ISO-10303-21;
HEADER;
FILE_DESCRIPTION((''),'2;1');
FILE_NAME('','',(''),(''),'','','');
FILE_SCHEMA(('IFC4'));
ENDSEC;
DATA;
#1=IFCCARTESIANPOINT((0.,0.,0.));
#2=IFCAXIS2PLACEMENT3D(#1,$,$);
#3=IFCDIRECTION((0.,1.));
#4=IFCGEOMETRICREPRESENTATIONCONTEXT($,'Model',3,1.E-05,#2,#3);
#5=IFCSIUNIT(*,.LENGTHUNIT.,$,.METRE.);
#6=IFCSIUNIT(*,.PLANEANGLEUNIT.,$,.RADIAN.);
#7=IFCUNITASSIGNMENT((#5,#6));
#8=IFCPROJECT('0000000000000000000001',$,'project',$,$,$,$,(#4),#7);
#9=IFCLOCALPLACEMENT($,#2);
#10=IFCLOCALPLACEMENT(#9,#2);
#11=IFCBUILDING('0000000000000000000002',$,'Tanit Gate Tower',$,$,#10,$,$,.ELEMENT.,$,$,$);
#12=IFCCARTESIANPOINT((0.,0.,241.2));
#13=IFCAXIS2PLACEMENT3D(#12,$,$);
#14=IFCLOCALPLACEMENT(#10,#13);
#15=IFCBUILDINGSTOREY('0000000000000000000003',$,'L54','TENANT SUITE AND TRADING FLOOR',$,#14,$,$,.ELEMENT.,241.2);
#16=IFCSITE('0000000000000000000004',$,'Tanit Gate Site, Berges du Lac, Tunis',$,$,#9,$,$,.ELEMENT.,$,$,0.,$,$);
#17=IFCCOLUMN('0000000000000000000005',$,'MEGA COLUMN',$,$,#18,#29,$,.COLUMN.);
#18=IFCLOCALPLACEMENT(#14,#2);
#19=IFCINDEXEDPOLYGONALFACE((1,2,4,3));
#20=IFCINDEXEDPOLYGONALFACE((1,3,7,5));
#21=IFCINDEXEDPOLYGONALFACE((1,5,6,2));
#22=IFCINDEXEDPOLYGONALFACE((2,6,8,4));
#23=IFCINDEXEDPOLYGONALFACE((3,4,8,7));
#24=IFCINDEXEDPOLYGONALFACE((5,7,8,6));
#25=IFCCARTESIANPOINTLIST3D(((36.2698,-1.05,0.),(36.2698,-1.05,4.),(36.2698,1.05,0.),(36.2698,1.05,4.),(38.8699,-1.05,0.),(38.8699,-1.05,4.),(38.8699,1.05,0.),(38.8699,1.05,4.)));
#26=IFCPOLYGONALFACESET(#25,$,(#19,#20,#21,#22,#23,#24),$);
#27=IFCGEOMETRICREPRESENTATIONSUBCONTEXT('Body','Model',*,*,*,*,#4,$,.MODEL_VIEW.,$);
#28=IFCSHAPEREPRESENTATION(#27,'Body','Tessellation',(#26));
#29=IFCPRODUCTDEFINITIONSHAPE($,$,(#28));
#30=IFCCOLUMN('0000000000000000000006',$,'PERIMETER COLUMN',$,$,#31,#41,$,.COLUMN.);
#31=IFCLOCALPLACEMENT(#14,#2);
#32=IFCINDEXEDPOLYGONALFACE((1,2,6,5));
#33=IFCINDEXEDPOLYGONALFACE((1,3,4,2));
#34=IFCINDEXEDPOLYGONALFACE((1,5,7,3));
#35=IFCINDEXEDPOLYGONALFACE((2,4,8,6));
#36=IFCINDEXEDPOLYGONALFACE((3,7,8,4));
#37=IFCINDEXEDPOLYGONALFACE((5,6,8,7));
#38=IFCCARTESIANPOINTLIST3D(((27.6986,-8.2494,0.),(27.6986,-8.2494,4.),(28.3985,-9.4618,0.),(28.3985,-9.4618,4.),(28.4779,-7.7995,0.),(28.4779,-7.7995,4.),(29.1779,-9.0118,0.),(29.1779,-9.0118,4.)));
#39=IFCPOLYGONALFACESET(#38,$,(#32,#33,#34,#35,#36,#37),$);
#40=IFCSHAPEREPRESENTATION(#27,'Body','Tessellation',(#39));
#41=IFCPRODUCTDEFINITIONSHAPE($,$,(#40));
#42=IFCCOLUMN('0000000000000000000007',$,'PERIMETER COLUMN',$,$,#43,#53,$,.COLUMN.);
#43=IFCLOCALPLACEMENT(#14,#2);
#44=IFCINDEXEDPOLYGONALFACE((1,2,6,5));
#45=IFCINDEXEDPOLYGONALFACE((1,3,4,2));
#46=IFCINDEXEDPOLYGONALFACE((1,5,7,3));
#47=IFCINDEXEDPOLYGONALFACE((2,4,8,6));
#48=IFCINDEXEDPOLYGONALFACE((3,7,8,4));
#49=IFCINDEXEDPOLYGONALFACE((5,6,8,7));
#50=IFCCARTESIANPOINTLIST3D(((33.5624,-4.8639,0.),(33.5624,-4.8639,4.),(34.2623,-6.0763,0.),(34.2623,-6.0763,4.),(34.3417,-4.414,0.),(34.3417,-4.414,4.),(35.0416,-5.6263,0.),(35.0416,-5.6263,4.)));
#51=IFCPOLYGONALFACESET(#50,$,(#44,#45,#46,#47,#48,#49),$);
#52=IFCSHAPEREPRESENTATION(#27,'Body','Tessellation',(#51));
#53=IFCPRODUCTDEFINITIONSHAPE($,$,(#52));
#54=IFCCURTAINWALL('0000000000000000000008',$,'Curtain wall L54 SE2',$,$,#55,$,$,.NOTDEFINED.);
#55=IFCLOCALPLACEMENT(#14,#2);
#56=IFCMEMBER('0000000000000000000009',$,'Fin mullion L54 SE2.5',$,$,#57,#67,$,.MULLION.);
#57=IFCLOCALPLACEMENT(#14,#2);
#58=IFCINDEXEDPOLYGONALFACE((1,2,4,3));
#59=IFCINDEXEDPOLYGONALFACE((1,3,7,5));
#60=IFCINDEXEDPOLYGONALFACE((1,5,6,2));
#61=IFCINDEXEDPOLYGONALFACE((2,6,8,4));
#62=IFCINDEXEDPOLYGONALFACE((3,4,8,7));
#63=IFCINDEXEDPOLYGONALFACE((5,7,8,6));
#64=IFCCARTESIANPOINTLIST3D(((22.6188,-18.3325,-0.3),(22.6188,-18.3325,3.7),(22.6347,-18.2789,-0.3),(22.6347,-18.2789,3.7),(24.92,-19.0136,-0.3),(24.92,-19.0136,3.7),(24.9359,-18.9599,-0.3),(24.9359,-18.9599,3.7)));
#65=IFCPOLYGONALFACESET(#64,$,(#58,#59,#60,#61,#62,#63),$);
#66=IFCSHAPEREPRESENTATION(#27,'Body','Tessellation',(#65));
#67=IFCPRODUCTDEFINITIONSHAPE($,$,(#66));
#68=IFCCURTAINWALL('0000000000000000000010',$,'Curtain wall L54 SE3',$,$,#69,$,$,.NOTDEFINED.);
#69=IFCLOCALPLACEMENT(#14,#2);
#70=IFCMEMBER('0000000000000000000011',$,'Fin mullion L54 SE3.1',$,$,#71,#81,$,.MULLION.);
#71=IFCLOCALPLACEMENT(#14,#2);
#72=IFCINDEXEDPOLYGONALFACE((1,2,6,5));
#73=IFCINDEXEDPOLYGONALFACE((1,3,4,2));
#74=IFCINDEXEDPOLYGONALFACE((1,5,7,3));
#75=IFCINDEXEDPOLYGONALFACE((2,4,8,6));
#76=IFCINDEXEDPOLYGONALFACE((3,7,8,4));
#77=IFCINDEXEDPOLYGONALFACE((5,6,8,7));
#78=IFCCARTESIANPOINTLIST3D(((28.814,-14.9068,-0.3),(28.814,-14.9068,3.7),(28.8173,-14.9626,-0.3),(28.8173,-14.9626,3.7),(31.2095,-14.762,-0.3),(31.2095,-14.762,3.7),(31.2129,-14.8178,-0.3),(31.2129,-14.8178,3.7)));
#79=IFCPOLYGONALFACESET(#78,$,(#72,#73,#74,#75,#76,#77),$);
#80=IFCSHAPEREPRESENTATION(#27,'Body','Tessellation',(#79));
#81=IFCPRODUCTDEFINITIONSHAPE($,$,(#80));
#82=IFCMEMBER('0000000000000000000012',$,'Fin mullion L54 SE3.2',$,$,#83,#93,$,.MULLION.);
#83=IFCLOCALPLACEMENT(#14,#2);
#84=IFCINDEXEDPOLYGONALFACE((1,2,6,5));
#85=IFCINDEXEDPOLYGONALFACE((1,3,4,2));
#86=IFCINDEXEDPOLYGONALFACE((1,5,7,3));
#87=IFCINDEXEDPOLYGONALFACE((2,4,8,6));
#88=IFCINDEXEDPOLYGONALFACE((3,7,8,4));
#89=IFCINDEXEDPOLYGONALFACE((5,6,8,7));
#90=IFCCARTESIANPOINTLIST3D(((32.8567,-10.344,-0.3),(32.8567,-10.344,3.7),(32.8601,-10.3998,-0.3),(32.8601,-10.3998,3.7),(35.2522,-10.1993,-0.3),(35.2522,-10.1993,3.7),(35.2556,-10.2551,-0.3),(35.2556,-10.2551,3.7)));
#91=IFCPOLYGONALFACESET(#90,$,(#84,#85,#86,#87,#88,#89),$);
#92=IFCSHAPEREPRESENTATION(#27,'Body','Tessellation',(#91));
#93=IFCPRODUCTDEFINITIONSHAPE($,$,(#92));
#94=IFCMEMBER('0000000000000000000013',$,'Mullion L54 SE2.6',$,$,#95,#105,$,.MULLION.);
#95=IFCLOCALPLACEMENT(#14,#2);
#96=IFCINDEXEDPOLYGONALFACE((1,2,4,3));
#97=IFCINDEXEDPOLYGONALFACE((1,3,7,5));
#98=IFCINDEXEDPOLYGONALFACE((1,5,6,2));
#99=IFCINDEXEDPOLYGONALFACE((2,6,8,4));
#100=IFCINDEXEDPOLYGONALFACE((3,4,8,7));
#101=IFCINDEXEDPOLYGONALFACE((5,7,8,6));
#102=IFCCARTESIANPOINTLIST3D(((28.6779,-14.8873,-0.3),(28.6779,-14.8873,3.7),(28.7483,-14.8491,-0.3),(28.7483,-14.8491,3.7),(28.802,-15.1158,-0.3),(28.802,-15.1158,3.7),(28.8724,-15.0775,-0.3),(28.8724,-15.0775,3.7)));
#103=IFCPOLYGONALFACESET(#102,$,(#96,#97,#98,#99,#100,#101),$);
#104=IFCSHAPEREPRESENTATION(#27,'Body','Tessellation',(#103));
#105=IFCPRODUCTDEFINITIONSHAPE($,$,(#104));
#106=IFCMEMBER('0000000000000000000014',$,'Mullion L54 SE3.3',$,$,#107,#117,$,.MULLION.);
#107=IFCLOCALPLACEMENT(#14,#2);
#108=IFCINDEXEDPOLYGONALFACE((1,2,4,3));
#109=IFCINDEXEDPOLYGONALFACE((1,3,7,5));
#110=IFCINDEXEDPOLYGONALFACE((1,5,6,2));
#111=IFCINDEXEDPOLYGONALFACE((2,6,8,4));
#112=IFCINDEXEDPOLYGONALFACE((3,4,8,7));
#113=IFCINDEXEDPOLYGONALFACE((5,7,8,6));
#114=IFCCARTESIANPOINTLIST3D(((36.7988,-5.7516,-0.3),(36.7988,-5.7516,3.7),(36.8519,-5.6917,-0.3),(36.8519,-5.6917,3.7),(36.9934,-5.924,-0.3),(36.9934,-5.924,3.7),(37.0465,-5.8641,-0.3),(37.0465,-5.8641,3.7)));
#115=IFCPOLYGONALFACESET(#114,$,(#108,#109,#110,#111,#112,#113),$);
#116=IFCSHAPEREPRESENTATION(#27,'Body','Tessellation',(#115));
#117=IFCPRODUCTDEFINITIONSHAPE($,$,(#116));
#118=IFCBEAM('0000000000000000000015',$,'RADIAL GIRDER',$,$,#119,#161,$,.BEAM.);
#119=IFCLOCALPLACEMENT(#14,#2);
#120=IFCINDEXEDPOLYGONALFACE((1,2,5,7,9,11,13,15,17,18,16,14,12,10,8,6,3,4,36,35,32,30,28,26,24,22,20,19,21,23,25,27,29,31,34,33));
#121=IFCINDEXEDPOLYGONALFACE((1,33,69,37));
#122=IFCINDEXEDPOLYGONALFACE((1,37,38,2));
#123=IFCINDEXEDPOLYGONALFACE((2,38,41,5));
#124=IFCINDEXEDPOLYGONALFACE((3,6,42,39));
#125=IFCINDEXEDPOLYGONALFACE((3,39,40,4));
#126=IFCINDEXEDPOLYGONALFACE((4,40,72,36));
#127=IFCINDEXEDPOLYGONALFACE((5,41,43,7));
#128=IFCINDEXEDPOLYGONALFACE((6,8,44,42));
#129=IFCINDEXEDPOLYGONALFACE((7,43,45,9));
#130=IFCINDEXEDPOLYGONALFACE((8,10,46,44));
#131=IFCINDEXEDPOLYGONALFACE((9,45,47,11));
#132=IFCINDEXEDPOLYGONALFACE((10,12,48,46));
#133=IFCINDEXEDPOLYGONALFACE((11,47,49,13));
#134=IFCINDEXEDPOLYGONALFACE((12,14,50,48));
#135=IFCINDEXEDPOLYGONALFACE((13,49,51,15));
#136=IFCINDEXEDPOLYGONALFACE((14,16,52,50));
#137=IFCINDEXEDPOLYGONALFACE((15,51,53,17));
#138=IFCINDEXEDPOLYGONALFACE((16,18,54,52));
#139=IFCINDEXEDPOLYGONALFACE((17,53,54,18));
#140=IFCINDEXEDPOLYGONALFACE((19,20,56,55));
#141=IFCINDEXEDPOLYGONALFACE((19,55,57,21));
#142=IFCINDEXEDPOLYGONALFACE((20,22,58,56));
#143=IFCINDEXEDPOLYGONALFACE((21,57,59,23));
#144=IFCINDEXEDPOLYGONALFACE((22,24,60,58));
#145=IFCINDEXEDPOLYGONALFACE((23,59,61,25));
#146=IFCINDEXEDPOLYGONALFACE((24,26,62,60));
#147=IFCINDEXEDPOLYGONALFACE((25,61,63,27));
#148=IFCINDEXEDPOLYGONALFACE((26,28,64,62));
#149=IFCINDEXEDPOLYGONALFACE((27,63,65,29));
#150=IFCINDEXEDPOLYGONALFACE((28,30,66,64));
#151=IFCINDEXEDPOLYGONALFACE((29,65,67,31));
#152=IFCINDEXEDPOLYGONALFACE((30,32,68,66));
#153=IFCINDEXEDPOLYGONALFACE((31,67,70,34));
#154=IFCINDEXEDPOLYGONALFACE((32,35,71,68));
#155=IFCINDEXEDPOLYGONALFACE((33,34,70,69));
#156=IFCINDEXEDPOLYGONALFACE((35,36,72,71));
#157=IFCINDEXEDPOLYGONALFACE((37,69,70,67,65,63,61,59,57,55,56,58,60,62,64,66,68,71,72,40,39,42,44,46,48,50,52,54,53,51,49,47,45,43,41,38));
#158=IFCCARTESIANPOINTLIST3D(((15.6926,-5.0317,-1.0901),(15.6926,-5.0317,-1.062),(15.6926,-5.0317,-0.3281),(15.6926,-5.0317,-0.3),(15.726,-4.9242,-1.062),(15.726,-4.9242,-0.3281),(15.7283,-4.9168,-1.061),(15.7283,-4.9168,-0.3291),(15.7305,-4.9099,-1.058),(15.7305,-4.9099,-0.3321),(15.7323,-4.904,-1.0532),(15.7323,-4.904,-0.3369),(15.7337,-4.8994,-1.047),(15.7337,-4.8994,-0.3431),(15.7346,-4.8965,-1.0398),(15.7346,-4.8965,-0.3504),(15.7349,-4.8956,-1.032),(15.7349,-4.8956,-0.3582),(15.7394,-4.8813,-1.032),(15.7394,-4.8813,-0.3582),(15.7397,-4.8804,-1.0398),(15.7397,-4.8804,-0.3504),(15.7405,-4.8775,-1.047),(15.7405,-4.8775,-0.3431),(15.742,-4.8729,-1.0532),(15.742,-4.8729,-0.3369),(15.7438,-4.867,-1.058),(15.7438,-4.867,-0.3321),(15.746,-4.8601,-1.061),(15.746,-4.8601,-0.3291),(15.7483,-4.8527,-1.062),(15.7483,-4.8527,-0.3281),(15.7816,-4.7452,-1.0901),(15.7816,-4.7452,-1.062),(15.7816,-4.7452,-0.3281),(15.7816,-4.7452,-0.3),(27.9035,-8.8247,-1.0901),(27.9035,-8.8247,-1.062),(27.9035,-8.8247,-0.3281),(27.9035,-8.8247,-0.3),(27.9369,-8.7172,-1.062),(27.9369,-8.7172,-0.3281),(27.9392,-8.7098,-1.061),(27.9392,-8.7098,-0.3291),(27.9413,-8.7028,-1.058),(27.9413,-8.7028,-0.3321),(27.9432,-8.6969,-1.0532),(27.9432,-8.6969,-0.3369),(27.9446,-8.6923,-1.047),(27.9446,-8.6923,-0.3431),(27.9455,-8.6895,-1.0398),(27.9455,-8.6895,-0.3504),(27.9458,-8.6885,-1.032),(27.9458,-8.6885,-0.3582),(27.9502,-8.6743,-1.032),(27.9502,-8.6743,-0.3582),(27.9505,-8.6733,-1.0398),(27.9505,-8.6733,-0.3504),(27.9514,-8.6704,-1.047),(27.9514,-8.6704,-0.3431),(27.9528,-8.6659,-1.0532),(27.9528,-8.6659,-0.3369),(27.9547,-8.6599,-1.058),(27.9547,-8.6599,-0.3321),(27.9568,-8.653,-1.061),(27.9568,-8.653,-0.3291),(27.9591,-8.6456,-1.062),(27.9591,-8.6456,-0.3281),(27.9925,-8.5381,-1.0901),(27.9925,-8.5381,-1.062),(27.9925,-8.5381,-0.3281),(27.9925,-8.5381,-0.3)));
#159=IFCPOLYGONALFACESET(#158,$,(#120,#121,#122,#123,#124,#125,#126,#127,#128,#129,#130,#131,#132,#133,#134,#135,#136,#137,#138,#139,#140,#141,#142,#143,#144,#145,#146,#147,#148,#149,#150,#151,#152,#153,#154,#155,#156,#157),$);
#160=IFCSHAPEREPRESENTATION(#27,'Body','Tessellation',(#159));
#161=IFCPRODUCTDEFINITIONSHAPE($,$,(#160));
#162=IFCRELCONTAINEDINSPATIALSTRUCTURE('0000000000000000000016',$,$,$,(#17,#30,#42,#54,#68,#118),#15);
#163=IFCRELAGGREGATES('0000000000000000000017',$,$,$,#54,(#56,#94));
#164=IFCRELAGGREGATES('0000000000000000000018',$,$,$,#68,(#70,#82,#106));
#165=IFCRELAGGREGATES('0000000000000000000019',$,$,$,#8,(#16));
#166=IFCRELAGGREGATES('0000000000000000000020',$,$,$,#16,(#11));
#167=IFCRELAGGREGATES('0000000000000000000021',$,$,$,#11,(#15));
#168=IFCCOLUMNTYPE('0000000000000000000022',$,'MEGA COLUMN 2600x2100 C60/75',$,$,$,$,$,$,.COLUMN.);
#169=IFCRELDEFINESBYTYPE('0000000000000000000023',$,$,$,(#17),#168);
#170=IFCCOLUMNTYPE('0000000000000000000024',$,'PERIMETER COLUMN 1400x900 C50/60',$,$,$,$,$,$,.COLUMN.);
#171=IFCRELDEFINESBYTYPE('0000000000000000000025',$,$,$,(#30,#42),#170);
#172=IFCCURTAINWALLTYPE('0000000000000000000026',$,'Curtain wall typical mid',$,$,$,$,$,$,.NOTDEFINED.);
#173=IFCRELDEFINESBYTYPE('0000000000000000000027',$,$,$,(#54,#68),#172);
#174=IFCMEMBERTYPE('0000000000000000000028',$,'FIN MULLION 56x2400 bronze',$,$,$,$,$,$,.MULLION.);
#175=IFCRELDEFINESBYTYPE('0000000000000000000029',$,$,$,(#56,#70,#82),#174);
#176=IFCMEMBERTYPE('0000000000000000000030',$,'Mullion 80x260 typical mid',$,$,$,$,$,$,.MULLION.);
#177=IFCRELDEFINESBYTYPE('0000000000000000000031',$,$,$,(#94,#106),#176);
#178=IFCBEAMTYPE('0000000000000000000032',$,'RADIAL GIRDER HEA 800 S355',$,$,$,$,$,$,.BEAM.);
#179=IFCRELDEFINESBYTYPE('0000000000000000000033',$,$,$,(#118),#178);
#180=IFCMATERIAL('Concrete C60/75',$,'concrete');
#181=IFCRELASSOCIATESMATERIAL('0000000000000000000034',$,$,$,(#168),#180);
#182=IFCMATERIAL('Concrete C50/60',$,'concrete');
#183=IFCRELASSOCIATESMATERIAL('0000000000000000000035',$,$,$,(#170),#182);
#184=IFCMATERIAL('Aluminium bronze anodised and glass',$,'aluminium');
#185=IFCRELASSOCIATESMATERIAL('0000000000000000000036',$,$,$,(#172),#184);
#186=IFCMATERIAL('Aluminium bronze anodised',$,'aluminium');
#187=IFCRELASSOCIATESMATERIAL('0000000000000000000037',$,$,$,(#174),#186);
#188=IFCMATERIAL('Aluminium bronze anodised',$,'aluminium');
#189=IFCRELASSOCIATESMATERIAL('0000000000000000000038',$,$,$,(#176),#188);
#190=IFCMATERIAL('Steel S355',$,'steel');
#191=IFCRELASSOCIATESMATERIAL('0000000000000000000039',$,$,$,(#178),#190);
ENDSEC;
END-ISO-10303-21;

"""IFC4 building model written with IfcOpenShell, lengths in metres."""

from ifc_helpers import new_model, si_unit, direction, frame, origin, origin_2d, place, context, subcontext, project, spatial, rectangle, i_section, extrude, material, material_profile, profile_set, type_object, element, aggregate, save


model = new_model("IFC4")

# Units and contexts
model_context = context("Model", 3, precision=1e-05, world=origin(), true_north=direction((0.0, 1.0)))
body_context = subcontext(model_context, "Body", "Model", "MODEL_VIEW")
ifc_project = project(units=[si_unit("LENGTHUNIT", "METRE"), si_unit("PLANEANGLEUNIT", "RADIAN")], contexts=[model_context])

# Site, building, storey
site_placement = place(None, origin())
site = spatial("IfcSite", under=ifc_project, at=site_placement, Name="Tanit Gate Site, Berges du Lac, Tunis", CompositionType="ELEMENT", RefElevation=0.0)
building_placement = place(site_placement, origin())
building = spatial("IfcBuilding", under=site, at=building_placement, Name="Tanit Gate Tower", CompositionType="ELEMENT")
storey_placement = place(building_placement, frame((0.0, 0.0, 241.2)))
storey = spatial("IfcBuildingStorey", under=building, at=storey_placement, Name="L54", Description="TENANT SUITE AND TRADING FLOOR", CompositionType="ELEMENT", Elevation=241.2)

# Columns
ifc_material_1 = material(Name="Concrete C60/75", Category="concrete")
ifc_material_profile_1 = material_profile(ifc_material_1, rectangle(XDim=2.6001, YDim=2.1001, at=origin_2d()), Name="RC 2600x2100")
ifc_profile_set_1 = profile_set([ifc_material_profile_1], Name="Concrete C60/75")
column_type_1 = type_object("IfcColumnType", Name="MEGA COLUMN 2600x2100 C60/75", PredefinedType="COLUMN", material=ifc_profile_set_1)
column_placement = place(storey_placement, frame((37.5698, 0.0, 0.0), z_axis=(0.0, 0.0, 1.0), x_axis=(1.0, 0.0, 0.0)))
element("IfcColumn", 1, at=column_placement, inside=storey, type_object=column_type_1, Name="MEGA COLUMN", PredefinedType="COLUMN", context=body_context, shape_type="SweptSolid", body=[
    extrude(rectangle(XDim=2.6001, YDim=2.1001, at=origin_2d()), origin(), (0.0, 0.0, 1.0), 4.0),
])
ifc_material_2 = material(Name="Concrete C50/60", Category="concrete")
ifc_material_profile_2 = material_profile(ifc_material_2, rectangle(XDim=1.3999, YDim=0.8999, at=origin_2d()), Name="RC 1400x900")
ifc_profile_set_2 = profile_set([ifc_material_profile_2], Name="Concrete C50/60")
column_type_2 = type_object("IfcColumnType", Name="PERIMETER COLUMN 1400x900 C50/60", PredefinedType="COLUMN", material=ifc_profile_set_2)
for number, where, z_axis, x_axis, name in (
    (2, (28.4382, -8.6306, 0.0), (0.0, 0.0, 1.0), (0.5, -0.866025, 0.0), "PERIMETER COLUMN"),
    (3, (34.302, -5.2451, 0.0), (0.0, 0.0, 1.0), (0.5, -0.866025, 0.0), "PERIMETER COLUMN"),
):
    element("IfcColumn", number, at=place(storey_placement, frame(where, z_axis=z_axis, x_axis=x_axis)), inside=storey, type_object=column_type_2, Name=name, PredefinedType="COLUMN", context=body_context, shape_type="SweptSolid", body=[
        extrude(rectangle(XDim=1.3999, YDim=0.8999, at=origin_2d()), origin(), (0.0, 0.0, 1.0), 4.0),
    ])

# Curtain wall, member
ifc_material_3 = material(Name="Aluminium bronze anodised and glass", Category="aluminium")
curtain_wall_type = type_object("IfcCurtainWallType", Name="Curtain wall typical mid", PredefinedType="NOTDEFINED", material=ifc_material_3)
curtain_wall_1_placement = place(storey_placement, origin())
curtain_wall_1 = element("IfcCurtainWall", 4, at=curtain_wall_1_placement, inside=storey, type_object=curtain_wall_type, Name="Curtain wall L54 SE2", PredefinedType="NOTDEFINED")
ifc_material_4 = material(Name="Aluminium bronze anodised", Category="aluminium")
ifc_material_profile_3 = material_profile(ifc_material_4, rectangle(XDim=2.3999, YDim=0.0559, at=origin_2d()), Name="56x2400 bronze fin mullion")
ifc_profile_set_3 = profile_set([ifc_material_profile_3], Name="Aluminium bronze anodised")
member_type_1 = type_object("IfcMemberType", Name="FIN MULLION 56x2400 bronze", PredefinedType="MULLION", material=ifc_profile_set_3)
member_1_placement = place(storey_placement, frame((23.7773, -18.6462, -0.3), z_axis=(0.0, 0.0, 1.0), x_axis=(-0.958892, 0.283773, 0.0)))
member_1 = element("IfcMember", 5, at=member_1_placement, type_object=member_type_1, Name="Fin mullion L54 SE2.5", PredefinedType="MULLION", context=body_context, shape_type="SweptSolid", body=[
    extrude(rectangle(XDim=2.3999, YDim=0.0559, at=origin_2d()), origin(), (0.0, 0.0, 1.0), 4.0),
])

# Curtain wall, members
curtain_wall_2_placement = place(storey_placement, origin())
curtain_wall_2 = element("IfcCurtainWall", 6, at=curtain_wall_2_placement, inside=storey, type_object=curtain_wall_type, Name="Curtain wall L54 SE3", PredefinedType="NOTDEFINED")
member_2_placement = place(storey_placement, frame((30.0134, -14.8623, -0.3), z_axis=(0.0, 0.0, 1.0), x_axis=(-0.99818, -0.060305, 0.0)))
member_2 = element("IfcMember", 7, at=member_2_placement, type_object=member_type_1, Name="Fin mullion L54 SE3.1", PredefinedType="MULLION", context=body_context, shape_type="SweptSolid", body=[
    extrude(rectangle(XDim=2.3999, YDim=0.0559, at=origin_2d()), origin(), (0.0, 0.0, 1.0), 4.0),
])
member_3_placement = place(storey_placement, frame((34.0562, -10.2996, -0.3), z_axis=(0.0, 0.0, 1.0), x_axis=(-0.99818, -0.060305, 0.0)))
member_3 = element("IfcMember", 8, at=member_3_placement, type_object=member_type_1, Name="Fin mullion L54 SE3.2", PredefinedType="MULLION", context=body_context, shape_type="SweptSolid", body=[
    extrude(rectangle(XDim=2.3999, YDim=0.0559, at=origin_2d()), origin(), (0.0, 0.0, 1.0), 4.0),
])

# Members
ifc_material_5 = material(Name="Aluminium bronze anodised", Category="aluminium")
ifc_material_profile_4 = material_profile(ifc_material_5, rectangle(XDim=0.26, YDim=0.0801, at=origin_2d()), Name="80x260 bronze mullion")
ifc_profile_set_4 = profile_set([ifc_material_profile_4], Name="Aluminium bronze anodised")
member_type_2 = type_object("IfcMemberType", Name="Mullion 80x260 typical mid", PredefinedType="MULLION", material=ifc_profile_set_4)
member_4_placement = place(storey_placement, frame((28.7751, -14.9824, -0.3), z_axis=(0.0, 0.0, 1.0), x_axis=(-0.477381, 0.878696, 0.0)))
member_4 = element("IfcMember", 9, at=member_4_placement, type_object=member_type_2, Name="Mullion L54 SE2.6", PredefinedType="MULLION", context=body_context, shape_type="SweptSolid", body=[
    extrude(rectangle(XDim=0.26, YDim=0.0801, at=origin_2d()), origin(), (0.0, 0.0, 1.0), 4.0),
])
member_5_placement = place(storey_placement, frame((36.9226, -5.8079, -0.3), z_axis=(0.0, 0.0, 1.0), x_axis=(-0.748462, 0.663178, 0.0)))
member_5 = element("IfcMember", 10, at=member_5_placement, type_object=member_type_2, Name="Mullion L54 SE3.3", PredefinedType="MULLION", context=body_context, shape_type="SweptSolid", body=[
    extrude(rectangle(XDim=0.26, YDim=0.0801, at=origin_2d()), origin(), (0.0, 0.0, 1.0), 4.0),
])

# Beam
ifc_material_6 = material(Name="Steel S355", Category="steel")
ifc_material_profile_5 = material_profile(ifc_material_6, i_section(OverallWidth=0.3, OverallDepth=0.79, WebThickness=0.0149, FlangeThickness=0.0281, FilletRadius=0.03, at=origin_2d()), Name="HEA 800")
ifc_profile_set_5 = profile_set([ifc_material_profile_5], Name="Steel S355")
beam_type_1 = type_object("IfcBeamType", Name="RADIAL GIRDER HEA 800 S355", PredefinedType="BEAM", material=ifc_profile_set_5)
beam_1_placement = place(storey_placement, frame((27.948, -8.6814, -0.6951), z_axis=(-0.95499, 0.296639, 0.0), x_axis=(-0.296639, -0.95499, 0.0)))
element("IfcBeam", 11, at=beam_1_placement, inside=storey, type_object=beam_type_1, Name="RADIAL GIRDER", PredefinedType="BEAM", context=body_context, shape_type="SweptSolid", body=[
    extrude(i_section(OverallWidth=0.3, OverallDepth=0.79, WebThickness=0.0149, FlangeThickness=0.0281, FilletRadius=0.03, at=origin_2d()), origin(), (0.0, 0.0, 1.0), 12.7864),
])

aggregate(curtain_wall_1, [member_1, member_4])
aggregate(curtain_wall_2, [member_2, member_3, member_5])

save(model, "model.ifc")
